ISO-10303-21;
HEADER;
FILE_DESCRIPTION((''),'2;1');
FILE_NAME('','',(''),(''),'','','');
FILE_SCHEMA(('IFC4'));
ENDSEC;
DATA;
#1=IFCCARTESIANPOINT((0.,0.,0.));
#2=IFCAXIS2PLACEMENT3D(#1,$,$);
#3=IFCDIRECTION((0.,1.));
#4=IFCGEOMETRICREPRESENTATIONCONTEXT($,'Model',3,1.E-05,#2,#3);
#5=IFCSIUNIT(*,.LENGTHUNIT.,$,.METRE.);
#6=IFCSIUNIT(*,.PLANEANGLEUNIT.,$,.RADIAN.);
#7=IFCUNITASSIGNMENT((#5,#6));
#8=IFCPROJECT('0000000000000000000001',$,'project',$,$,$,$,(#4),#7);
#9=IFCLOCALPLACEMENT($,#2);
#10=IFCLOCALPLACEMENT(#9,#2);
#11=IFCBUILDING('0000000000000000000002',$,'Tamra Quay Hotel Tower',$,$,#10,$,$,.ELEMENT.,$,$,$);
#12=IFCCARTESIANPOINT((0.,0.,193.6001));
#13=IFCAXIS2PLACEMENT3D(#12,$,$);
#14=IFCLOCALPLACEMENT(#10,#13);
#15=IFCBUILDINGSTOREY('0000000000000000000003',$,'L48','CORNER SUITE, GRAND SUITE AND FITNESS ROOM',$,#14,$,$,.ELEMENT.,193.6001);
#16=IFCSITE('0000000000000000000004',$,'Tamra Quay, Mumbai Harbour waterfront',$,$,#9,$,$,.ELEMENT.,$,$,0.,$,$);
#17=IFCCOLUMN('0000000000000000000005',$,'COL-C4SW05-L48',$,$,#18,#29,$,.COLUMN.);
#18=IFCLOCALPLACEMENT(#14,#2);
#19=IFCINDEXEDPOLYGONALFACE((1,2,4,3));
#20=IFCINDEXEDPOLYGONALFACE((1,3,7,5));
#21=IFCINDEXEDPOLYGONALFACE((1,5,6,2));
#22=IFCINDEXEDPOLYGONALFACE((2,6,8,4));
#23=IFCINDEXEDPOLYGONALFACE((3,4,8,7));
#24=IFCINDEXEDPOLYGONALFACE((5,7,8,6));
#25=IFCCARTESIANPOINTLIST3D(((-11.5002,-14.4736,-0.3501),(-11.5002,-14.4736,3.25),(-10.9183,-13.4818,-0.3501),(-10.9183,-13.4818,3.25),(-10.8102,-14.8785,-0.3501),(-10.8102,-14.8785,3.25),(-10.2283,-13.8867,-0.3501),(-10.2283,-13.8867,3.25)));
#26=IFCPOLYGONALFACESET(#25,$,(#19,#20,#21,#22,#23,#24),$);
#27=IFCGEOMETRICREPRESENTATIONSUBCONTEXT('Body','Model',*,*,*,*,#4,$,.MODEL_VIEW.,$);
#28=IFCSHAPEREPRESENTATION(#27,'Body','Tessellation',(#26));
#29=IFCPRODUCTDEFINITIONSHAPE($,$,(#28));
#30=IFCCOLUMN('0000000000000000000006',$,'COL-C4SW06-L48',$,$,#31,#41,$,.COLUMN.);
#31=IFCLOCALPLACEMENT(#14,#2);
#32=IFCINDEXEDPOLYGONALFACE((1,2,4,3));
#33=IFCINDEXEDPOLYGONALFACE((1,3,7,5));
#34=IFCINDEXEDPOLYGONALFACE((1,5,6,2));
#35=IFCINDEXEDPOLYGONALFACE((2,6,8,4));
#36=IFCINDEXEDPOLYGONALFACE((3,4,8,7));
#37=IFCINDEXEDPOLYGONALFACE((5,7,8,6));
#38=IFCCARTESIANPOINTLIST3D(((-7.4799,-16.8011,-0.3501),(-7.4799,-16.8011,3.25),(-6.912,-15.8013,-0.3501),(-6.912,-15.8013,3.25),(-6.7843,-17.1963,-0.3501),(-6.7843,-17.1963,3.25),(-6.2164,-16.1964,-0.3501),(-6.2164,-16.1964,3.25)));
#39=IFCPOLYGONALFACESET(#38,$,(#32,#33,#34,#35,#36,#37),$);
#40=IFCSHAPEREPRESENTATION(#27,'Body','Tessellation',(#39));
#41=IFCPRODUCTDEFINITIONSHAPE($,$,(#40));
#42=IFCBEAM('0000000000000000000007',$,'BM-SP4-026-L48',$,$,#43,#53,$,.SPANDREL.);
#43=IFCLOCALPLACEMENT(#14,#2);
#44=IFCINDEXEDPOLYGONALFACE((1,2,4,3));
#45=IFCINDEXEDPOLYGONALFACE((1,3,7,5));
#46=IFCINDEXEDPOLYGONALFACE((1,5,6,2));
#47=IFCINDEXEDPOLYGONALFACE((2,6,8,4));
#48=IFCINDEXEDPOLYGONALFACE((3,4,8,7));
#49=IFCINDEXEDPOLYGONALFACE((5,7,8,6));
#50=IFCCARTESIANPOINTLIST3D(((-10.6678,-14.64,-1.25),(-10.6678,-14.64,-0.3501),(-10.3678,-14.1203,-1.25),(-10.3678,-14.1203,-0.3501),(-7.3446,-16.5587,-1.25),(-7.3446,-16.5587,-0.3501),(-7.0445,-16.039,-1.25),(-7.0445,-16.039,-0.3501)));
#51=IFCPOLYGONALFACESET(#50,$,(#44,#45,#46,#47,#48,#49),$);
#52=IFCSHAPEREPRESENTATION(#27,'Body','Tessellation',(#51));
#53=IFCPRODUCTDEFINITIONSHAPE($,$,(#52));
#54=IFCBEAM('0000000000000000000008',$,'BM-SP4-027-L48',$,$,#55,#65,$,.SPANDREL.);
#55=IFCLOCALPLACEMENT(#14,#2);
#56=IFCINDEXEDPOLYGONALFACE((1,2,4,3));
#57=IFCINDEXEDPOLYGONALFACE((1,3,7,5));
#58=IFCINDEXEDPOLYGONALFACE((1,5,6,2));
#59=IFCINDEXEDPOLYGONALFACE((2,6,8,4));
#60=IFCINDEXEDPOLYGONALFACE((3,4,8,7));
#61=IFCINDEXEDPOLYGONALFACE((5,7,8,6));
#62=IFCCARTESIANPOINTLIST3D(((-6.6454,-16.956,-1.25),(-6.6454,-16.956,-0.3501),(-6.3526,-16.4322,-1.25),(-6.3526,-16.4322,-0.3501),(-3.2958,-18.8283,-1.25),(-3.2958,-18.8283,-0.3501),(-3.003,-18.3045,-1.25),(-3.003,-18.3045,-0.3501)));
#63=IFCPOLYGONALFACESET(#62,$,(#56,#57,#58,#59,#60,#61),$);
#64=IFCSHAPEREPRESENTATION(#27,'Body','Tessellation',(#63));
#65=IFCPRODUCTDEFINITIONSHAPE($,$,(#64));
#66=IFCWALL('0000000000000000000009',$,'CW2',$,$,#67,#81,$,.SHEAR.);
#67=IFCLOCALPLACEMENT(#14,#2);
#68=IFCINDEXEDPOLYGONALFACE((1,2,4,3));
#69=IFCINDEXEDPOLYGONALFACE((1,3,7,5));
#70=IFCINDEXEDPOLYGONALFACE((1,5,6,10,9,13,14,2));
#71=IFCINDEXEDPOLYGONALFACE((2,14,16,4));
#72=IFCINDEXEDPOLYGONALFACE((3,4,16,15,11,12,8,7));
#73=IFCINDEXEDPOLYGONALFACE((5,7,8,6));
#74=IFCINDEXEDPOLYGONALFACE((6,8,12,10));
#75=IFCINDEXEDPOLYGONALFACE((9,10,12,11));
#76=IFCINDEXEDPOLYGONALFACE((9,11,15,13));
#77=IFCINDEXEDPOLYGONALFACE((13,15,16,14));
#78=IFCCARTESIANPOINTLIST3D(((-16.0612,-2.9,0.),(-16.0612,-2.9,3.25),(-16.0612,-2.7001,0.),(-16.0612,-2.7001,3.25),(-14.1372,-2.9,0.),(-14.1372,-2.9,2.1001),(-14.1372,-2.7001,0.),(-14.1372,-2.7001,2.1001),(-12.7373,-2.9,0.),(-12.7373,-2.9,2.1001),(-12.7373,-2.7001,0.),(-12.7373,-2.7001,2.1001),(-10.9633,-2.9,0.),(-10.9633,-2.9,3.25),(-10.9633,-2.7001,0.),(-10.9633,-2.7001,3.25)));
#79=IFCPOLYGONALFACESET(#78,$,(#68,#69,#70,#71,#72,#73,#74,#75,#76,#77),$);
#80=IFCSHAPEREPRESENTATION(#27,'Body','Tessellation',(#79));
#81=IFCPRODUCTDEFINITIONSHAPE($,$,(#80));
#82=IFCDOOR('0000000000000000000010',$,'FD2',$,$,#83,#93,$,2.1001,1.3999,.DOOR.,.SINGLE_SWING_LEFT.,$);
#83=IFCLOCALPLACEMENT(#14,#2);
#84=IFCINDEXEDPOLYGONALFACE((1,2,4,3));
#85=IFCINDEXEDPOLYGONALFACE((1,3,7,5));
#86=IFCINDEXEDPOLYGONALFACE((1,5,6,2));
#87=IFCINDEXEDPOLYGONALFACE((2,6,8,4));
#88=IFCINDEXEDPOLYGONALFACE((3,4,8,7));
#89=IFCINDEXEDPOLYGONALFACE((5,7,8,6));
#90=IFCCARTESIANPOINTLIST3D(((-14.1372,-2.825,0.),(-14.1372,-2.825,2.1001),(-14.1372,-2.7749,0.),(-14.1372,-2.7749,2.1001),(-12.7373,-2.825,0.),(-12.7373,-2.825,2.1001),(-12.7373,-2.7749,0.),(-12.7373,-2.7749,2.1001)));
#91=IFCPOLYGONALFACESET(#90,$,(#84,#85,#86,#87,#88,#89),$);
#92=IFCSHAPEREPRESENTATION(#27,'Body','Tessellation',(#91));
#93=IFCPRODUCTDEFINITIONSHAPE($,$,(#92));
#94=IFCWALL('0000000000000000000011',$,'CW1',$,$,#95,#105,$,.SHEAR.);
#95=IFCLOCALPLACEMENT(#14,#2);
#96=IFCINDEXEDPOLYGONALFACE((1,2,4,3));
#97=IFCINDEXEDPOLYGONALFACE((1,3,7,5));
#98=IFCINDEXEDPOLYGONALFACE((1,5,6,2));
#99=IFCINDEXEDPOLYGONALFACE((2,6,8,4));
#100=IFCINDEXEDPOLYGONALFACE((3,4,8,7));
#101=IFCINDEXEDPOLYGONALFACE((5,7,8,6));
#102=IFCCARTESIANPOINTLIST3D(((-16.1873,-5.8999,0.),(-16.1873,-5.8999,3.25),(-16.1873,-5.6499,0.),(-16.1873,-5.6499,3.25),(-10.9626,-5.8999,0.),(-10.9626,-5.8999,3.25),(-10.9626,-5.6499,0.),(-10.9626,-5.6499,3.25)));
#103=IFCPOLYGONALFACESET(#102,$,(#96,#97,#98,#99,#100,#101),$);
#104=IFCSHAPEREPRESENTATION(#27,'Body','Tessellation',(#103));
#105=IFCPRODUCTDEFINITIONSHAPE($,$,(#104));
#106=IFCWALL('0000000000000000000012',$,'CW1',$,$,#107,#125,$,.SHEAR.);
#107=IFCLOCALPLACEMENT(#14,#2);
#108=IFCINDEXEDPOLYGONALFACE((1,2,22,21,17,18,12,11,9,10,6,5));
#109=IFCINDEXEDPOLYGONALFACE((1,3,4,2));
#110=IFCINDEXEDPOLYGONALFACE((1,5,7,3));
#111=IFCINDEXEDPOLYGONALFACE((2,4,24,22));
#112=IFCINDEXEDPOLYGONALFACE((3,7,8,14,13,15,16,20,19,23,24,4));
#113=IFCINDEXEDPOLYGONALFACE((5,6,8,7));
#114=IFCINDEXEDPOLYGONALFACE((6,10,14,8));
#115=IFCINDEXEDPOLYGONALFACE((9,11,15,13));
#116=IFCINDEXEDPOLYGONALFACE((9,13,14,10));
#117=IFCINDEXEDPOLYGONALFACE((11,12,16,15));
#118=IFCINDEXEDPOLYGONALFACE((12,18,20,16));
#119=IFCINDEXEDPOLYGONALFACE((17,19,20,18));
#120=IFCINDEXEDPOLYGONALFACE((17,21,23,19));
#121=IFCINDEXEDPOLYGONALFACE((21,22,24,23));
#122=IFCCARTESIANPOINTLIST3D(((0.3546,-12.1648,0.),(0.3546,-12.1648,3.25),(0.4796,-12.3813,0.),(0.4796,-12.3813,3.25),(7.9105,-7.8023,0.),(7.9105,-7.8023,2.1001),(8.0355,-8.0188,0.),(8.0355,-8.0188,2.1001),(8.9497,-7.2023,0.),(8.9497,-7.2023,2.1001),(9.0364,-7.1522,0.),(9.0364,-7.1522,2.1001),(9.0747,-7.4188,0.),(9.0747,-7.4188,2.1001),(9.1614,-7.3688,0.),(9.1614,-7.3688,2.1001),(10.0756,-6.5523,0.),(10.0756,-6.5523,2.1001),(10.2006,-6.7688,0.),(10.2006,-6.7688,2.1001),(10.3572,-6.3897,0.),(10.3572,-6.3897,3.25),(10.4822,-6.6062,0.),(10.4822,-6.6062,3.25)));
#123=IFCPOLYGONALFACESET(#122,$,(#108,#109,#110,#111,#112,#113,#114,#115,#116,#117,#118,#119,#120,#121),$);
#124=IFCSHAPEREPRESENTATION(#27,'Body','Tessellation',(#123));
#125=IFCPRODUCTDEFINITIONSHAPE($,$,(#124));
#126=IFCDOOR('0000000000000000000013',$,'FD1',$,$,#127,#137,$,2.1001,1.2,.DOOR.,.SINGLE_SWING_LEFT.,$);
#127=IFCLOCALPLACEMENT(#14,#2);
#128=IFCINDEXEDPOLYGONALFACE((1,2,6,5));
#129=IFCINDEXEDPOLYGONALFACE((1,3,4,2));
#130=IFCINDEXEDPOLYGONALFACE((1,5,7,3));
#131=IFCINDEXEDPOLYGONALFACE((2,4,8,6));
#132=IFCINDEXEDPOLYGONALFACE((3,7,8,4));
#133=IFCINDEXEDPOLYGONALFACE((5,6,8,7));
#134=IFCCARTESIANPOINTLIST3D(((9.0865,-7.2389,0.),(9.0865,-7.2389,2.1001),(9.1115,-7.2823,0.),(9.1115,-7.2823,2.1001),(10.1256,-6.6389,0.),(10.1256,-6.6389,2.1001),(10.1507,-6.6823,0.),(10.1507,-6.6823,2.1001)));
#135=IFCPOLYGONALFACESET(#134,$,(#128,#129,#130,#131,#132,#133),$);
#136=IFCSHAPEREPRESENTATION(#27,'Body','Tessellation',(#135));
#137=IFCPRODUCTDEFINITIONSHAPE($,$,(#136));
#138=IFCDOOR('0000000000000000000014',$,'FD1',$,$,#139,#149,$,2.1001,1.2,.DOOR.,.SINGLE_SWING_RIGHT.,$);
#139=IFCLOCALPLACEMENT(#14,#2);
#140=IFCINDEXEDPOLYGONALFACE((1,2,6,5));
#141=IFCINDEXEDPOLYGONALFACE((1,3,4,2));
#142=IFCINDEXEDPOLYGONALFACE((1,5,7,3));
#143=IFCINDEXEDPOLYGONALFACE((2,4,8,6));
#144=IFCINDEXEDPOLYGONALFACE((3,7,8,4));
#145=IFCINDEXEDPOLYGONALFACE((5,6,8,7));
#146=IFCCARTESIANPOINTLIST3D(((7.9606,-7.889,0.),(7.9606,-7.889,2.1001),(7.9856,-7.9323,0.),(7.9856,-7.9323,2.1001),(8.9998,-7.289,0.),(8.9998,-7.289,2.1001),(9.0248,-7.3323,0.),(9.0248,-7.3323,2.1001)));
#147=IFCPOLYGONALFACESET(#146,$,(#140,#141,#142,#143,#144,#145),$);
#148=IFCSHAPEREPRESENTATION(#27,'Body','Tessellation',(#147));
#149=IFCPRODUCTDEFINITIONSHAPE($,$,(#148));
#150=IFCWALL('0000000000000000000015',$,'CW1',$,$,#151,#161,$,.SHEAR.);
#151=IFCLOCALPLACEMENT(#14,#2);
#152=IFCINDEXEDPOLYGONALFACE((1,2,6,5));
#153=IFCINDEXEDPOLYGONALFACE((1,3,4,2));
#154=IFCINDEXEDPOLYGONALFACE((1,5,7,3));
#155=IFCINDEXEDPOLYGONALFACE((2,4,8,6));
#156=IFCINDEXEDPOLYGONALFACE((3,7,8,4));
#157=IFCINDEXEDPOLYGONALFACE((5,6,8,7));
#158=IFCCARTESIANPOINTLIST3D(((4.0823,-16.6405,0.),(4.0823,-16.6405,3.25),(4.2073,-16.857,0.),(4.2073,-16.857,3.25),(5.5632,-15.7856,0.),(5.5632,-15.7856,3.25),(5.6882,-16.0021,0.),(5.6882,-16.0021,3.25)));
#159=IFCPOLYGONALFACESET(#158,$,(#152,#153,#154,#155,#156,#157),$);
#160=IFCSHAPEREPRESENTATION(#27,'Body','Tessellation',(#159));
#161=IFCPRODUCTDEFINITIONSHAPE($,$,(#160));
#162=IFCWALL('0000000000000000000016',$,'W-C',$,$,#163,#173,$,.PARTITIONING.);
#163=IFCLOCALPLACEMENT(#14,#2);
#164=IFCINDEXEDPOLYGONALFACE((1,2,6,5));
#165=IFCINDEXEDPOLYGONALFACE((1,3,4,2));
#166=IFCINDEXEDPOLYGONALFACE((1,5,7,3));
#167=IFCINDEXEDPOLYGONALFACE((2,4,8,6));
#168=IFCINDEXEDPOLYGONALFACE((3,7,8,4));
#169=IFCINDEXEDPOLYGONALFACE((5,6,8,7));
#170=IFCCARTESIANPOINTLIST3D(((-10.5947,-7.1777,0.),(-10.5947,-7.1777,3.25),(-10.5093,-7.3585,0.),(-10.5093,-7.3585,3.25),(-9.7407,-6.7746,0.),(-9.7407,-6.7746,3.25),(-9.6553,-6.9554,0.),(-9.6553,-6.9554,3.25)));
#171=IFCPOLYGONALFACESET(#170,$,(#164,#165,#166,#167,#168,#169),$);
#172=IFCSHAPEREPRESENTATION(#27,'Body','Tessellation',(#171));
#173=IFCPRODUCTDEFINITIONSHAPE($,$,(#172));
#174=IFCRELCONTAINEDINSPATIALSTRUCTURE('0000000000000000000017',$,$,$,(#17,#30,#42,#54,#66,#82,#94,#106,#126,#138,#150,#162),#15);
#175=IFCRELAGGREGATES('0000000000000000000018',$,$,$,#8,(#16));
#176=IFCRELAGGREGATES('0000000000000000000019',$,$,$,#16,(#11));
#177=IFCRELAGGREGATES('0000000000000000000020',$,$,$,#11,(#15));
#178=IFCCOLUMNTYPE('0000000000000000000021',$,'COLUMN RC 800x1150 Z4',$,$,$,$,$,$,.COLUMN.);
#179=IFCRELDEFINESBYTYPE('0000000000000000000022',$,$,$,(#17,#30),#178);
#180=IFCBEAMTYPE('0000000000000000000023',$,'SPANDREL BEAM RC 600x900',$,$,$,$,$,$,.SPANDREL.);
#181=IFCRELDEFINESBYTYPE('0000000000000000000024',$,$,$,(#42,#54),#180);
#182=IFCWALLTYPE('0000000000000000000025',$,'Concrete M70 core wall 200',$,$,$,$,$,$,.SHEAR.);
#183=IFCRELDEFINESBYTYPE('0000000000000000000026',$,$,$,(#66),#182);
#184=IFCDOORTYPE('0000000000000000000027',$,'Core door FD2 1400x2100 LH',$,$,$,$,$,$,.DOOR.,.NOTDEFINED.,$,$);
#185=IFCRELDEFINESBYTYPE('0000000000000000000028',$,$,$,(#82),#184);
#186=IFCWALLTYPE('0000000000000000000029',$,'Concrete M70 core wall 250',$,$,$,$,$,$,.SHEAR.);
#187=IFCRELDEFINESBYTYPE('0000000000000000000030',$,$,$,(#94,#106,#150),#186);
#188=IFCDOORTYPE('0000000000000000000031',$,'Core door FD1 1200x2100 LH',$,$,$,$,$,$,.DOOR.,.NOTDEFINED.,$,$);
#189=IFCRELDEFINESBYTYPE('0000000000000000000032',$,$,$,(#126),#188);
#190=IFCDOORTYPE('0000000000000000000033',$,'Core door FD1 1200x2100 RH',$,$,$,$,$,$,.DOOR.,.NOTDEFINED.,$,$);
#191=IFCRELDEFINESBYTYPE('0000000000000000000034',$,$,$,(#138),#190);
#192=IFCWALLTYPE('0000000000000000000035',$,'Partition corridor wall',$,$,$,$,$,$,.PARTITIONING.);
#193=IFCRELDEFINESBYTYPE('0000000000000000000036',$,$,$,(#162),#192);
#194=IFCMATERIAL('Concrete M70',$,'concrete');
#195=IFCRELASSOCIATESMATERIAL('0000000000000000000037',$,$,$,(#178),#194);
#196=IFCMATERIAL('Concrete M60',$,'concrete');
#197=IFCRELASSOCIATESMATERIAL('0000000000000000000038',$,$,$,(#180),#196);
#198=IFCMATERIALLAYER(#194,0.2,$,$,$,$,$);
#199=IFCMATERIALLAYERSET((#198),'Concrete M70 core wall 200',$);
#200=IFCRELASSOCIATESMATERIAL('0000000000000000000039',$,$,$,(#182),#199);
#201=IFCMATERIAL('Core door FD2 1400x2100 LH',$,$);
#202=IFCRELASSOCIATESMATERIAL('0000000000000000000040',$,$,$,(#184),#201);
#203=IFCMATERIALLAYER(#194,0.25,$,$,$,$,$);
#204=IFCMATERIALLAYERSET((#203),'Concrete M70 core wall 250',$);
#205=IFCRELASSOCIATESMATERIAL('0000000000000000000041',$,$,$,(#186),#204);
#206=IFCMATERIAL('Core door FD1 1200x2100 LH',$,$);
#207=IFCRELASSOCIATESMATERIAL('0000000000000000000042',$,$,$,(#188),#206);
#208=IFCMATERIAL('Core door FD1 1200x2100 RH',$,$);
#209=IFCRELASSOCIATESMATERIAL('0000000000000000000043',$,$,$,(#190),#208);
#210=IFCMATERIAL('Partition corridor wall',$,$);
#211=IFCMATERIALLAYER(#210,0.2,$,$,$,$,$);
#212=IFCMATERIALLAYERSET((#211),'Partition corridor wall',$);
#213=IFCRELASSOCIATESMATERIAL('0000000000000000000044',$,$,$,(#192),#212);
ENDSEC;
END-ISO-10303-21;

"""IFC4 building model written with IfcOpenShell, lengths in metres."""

from ifc_helpers import new_model, si_unit, direction, frame, frame_2d, origin, origin_2d, place, context, subcontext, project, spatial, rectangle, extrude, material, layer, layer_set, material_profile, profile_set, type_object, element, fill, save


model = new_model("IFC4")

# Units and contexts
model_context = context("Model", 3, precision=1e-05, world=origin(), true_north=direction((0.0, 1.0)))
body_context = subcontext(model_context, "Body", "Model", "MODEL_VIEW")
ifc_project = project(units=[si_unit("LENGTHUNIT", "METRE"), si_unit("PLANEANGLEUNIT", "RADIAN")], contexts=[model_context])

# Site, building, storey
site_placement = place(None, origin())
site = spatial("IfcSite", under=ifc_project, at=site_placement, Name="Tamra Quay, Mumbai Harbour waterfront", CompositionType="ELEMENT", RefElevation=0.0)
building_placement = place(site_placement, origin())
building = spatial("IfcBuilding", under=site, at=building_placement, Name="Tamra Quay Hotel Tower", CompositionType="ELEMENT")
storey_placement = place(building_placement, frame((0.0, 0.0, 193.6001)))
storey = spatial("IfcBuildingStorey", under=building, at=storey_placement, Name="L48", Description="CORNER SUITE, GRAND SUITE AND FITNESS ROOM", CompositionType="ELEMENT", Elevation=193.6001)

# Columns
ifc_material_1 = material(Name="Concrete M70", Category="concrete")
ifc_material_profile_1 = material_profile(ifc_material_1, rectangle(XDim=1.1499, YDim=0.8, at=origin_2d()), Name="COLUMN RC 800x1150 Z4")
ifc_profile_set_1 = profile_set([ifc_material_profile_1], Name="Concrete M70")
column_type = type_object("IfcColumnType", Name="COLUMN RC 800x1150 Z4", PredefinedType="COLUMN", material=ifc_profile_set_1)
for number, where, z_axis, x_axis, name in (
    (1, (-10.8643, -14.1802, -0.3501), (0.0, 0.0, 1.0), (0.506085, 0.862484, 0.0), "COL-C4SW05-L48"),
    (2, (-6.8481, -16.4988, -0.3501), (0.0, 0.0, 1.0), (0.49389, 0.869524, 0.0), "COL-C4SW06-L48"),
):
    element("IfcColumn", number, at=place(storey_placement, frame(where, z_axis=z_axis, x_axis=x_axis)), inside=storey, type_object=column_type, Name=name, PredefinedType="COLUMN", context=body_context, shape_type="SweptSolid", body=[
        extrude(rectangle(XDim=1.1499, YDim=0.8, at=origin_2d()), origin(), (0.0, 0.0, 1.0), 3.6001),
    ])

# Beams
ifc_material_2 = material(Name="Concrete M60", Category="concrete")
ifc_material_profile_2 = material_profile(ifc_material_2, rectangle(XDim=0.6001, YDim=0.8999, at=origin_2d()), Name="SPANDREL BEAM RC 600x900")
ifc_profile_set_2 = profile_set([ifc_material_profile_2], Name="Concrete M60")
beam_type = type_object("IfcBeamType", Name="SPANDREL BEAM RC 600x900", PredefinedType="SPANDREL", material=ifc_profile_set_2)
for number, where, z_axis, x_axis, name in (
    (3, (-10.5178, -14.3801, -0.8), (0.866022, -0.500005, 0.0), (0.500005, 0.866022, 0.0), "BM-SP4-026-L48"),
    (4, (-6.499, -16.6941, -0.8), (0.872891, -0.487915, 0.0), (0.487915, 0.872891, 0.0), "BM-SP4-027-L48"),
):
    element("IfcBeam", number, at=place(storey_placement, frame(where, z_axis=z_axis, x_axis=x_axis)), inside=storey, type_object=beam_type, Name=name, PredefinedType="SPANDREL", context=body_context, shape_type="SweptSolid", body=[
        extrude(rectangle(XDim=0.6001, YDim=0.8999, at=origin_2d()), origin(), (0.0, 0.0, 1.0), 3.8374),
    ])

# Wall, opening, door
ifc_layer_1 = layer(ifc_material_1, 0.2)
ifc_layer_set_1 = layer_set([ifc_layer_1], Name="Concrete M70 core wall 200")
wall_type_1 = type_object("IfcWallType", Name="Concrete M70 core wall 200", PredefinedType="SHEAR", material=ifc_layer_set_1)
wall_1_placement = place(storey_placement, frame((-10.9634, -2.8, 0.0), z_axis=(0.0, 0.0, 1.0), x_axis=(-1.0, 0.0, 0.0)))
wall_1 = element("IfcWall", 5, at=wall_1_placement, inside=storey, type_object=wall_type_1, Name="CW2", PredefinedType="SHEAR", context=body_context, shape_type="SweptSolid", body=[
    extrude(rectangle(XDim=5.0979, YDim=0.2, at=frame_2d((2.5488, 0.0))), origin(), (0.0, 0.0, 1.0), 3.25),
])
opening_1_placement = place(wall_1_placement, frame((1.7739, 0.0, 0.0)))
opening_1 = element("IfcOpeningElement", 6, at=opening_1_placement, cuts=wall_1, PredefinedType="OPENING", context=body_context, shape_type="SweptSolid", body=[
    extrude(rectangle(XDim=1.3999, YDim=2.1001, at=frame_2d((0.7, 1.05))), frame((0.0, 0.1099, 0.0), z_axis=(0.0, -1.0, 0.0), x_axis=(1.0, 0.0, 0.0)), (0.0, 0.0, 1.0), 0.22),
])
ifc_material_3 = material(Name="Core door FD2 1400x2100 LH")
door_type_1 = type_object("IfcDoorType", Name="Core door FD2 1400x2100 LH", OperationType="NOTDEFINED", PredefinedType="DOOR", material=ifc_material_3)
door_1_placement = place(opening_1_placement, origin())
door_1 = element("IfcDoor", 7, at=door_1_placement, inside=storey, type_object=door_type_1, Name="FD2", OperationType="SINGLE_SWING_LEFT", OverallHeight=2.1001, OverallWidth=1.3999, PredefinedType="DOOR", context=body_context, shape_type="SweptSolid", body=[
    extrude(rectangle(XDim=1.3999, YDim=2.1001, at=frame_2d((0.7, 1.05))), frame((0.0, 0.0249, 0.0), z_axis=(0.0, -1.0, 0.0), x_axis=(1.0, 0.0, 0.0)), (0.0, 0.0, 1.0), 0.05),
])
fill(opening_1, door_1)

# Wall
ifc_layer_2 = layer(ifc_material_1, 0.25)
ifc_layer_set_2 = layer_set([ifc_layer_2], Name="Concrete M70 core wall 250")
wall_type_2 = type_object("IfcWallType", Name="Concrete M70 core wall 250", PredefinedType="SHEAR", material=ifc_layer_set_2)
wall_2_placement = place(storey_placement, frame((-10.9626, -5.7749, 0.0), z_axis=(0.0, 0.0, 1.0), x_axis=(-1.0, 0.0, 0.0)))
element("IfcWall", 8, at=wall_2_placement, inside=storey, type_object=wall_type_2, Name="CW1", PredefinedType="SHEAR", context=body_context, shape_type="SweptSolid", body=[
    extrude(rectangle(XDim=5.2246, YDim=0.25, at=frame_2d((2.6123, 0.0))), origin(), (0.0, 0.0, 1.0), 3.25),
])

# Wall, openings, doors
wall_3_placement = place(storey_placement, frame((0.4172, -12.2729, 0.0), z_axis=(0.0, 0.0, 1.0), x_axis=(0.866022, 0.500006, 0.0)))
wall_3 = element("IfcWall", 9, at=wall_3_placement, inside=storey, type_object=wall_type_2, Name="CW1", PredefinedType="SHEAR", context=body_context, shape_type="SweptSolid", body=[
    extrude(rectangle(XDim=11.55, YDim=0.25, at=frame_2d((5.7749, 0.0))), origin(), (0.0, 0.0, 1.0), 3.25),
])
opening_2_placement = place(wall_3_placement, frame((10.0247, 0.0, 0.0)))
opening_2 = element("IfcOpeningElement", 10, at=opening_2_placement, cuts=wall_3, PredefinedType="OPENING", context=body_context, shape_type="SweptSolid", body=[
    extrude(rectangle(XDim=1.2, YDim=2.1001, at=frame_2d((0.6001, 1.05))), frame((0.0, 0.135, 0.0), z_axis=(0.0, -1.0, 0.0), x_axis=(1.0, 0.0, 0.0)), (0.0, 0.0, 1.0), 0.27),
])
opening_3_placement = place(wall_3_placement, frame((8.7246, 0.0, 0.0)))
opening_3 = element("IfcOpeningElement", 11, at=opening_3_placement, cuts=wall_3, PredefinedType="OPENING", context=body_context, shape_type="SweptSolid", body=[
    extrude(rectangle(XDim=1.2, YDim=2.1001, at=frame_2d((0.6001, 1.05))), frame((0.0, 0.135, 0.0), z_axis=(0.0, -1.0, 0.0), x_axis=(1.0, 0.0, 0.0)), (0.0, 0.0, 1.0), 0.27),
])
ifc_material_4 = material(Name="Core door FD1 1200x2100 LH")
door_type_2 = type_object("IfcDoorType", Name="Core door FD1 1200x2100 LH", OperationType="NOTDEFINED", PredefinedType="DOOR", material=ifc_material_4)
door_2_placement = place(opening_2_placement, origin())
door_2 = element("IfcDoor", 12, at=door_2_placement, inside=storey, type_object=door_type_2, Name="FD1", OperationType="SINGLE_SWING_LEFT", OverallHeight=2.1001, OverallWidth=1.2, PredefinedType="DOOR", context=body_context, shape_type="SweptSolid", body=[
    extrude(rectangle(XDim=1.2, YDim=2.1001, at=frame_2d((0.6001, 1.05))), frame((0.0, 0.0249, 0.0), z_axis=(0.0, -1.0, 0.0), x_axis=(1.0, 0.0, 0.0)), (0.0, 0.0, 1.0), 0.05),
])
fill(opening_2, door_2)
ifc_material_5 = material(Name="Core door FD1 1200x2100 RH")
door_type_3 = type_object("IfcDoorType", Name="Core door FD1 1200x2100 RH", OperationType="NOTDEFINED", PredefinedType="DOOR", material=ifc_material_5)
door_3_placement = place(opening_3_placement, origin())
door_3 = element("IfcDoor", 13, at=door_3_placement, inside=storey, type_object=door_type_3, Name="FD1", OperationType="SINGLE_SWING_RIGHT", OverallHeight=2.1001, OverallWidth=1.2, PredefinedType="DOOR", context=body_context, shape_type="SweptSolid", body=[
    extrude(rectangle(XDim=1.2, YDim=2.1001, at=frame_2d((0.6001, 1.05))), frame((0.0, 0.0249, 0.0), z_axis=(0.0, -1.0, 0.0), x_axis=(1.0, 0.0, 0.0)), (0.0, 0.0, 1.0), 0.05),
])
fill(opening_3, door_3)

# Walls
wall_4_placement = place(storey_placement, frame((4.1448, -16.7488, 0.0), z_axis=(0.0, 0.0, 1.0), x_axis=(0.866038, 0.499978, 0.0)))
element("IfcWall", 14, at=wall_4_placement, inside=storey, type_object=wall_type_2, Name="CW1", PredefinedType="SHEAR", context=body_context, shape_type="SweptSolid", body=[
    extrude(rectangle(XDim=1.71, YDim=0.25, at=frame_2d((0.855, 0.0))), origin(), (0.0, 0.0, 1.0), 3.25),
])
ifc_material_6 = material(Name="Partition corridor wall")
ifc_layer_3 = layer(ifc_material_6, 0.2)
ifc_layer_set_3 = layer_set([ifc_layer_3], Name="Partition corridor wall")
wall_type_3 = type_object("IfcWallType", Name="Partition corridor wall", PredefinedType="PARTITIONING", material=ifc_layer_set_3)
wall_5_placement = place(storey_placement, frame((-10.552, -7.2681, 0.0), z_axis=(0.0, 0.0, 1.0), x_axis=(0.904332, 0.42683, 0.0)))
element("IfcWall", 15, at=wall_5_placement, inside=storey, type_object=wall_type_3, Name="W-C", PredefinedType="PARTITIONING", context=body_context, shape_type="SweptSolid", body=[
    extrude(rectangle(XDim=0.9443, YDim=0.2, at=frame_2d((0.4722, 0.0))), origin(), (0.0, 0.0, 1.0), 3.25),
])

save(model, "model.ifc")
